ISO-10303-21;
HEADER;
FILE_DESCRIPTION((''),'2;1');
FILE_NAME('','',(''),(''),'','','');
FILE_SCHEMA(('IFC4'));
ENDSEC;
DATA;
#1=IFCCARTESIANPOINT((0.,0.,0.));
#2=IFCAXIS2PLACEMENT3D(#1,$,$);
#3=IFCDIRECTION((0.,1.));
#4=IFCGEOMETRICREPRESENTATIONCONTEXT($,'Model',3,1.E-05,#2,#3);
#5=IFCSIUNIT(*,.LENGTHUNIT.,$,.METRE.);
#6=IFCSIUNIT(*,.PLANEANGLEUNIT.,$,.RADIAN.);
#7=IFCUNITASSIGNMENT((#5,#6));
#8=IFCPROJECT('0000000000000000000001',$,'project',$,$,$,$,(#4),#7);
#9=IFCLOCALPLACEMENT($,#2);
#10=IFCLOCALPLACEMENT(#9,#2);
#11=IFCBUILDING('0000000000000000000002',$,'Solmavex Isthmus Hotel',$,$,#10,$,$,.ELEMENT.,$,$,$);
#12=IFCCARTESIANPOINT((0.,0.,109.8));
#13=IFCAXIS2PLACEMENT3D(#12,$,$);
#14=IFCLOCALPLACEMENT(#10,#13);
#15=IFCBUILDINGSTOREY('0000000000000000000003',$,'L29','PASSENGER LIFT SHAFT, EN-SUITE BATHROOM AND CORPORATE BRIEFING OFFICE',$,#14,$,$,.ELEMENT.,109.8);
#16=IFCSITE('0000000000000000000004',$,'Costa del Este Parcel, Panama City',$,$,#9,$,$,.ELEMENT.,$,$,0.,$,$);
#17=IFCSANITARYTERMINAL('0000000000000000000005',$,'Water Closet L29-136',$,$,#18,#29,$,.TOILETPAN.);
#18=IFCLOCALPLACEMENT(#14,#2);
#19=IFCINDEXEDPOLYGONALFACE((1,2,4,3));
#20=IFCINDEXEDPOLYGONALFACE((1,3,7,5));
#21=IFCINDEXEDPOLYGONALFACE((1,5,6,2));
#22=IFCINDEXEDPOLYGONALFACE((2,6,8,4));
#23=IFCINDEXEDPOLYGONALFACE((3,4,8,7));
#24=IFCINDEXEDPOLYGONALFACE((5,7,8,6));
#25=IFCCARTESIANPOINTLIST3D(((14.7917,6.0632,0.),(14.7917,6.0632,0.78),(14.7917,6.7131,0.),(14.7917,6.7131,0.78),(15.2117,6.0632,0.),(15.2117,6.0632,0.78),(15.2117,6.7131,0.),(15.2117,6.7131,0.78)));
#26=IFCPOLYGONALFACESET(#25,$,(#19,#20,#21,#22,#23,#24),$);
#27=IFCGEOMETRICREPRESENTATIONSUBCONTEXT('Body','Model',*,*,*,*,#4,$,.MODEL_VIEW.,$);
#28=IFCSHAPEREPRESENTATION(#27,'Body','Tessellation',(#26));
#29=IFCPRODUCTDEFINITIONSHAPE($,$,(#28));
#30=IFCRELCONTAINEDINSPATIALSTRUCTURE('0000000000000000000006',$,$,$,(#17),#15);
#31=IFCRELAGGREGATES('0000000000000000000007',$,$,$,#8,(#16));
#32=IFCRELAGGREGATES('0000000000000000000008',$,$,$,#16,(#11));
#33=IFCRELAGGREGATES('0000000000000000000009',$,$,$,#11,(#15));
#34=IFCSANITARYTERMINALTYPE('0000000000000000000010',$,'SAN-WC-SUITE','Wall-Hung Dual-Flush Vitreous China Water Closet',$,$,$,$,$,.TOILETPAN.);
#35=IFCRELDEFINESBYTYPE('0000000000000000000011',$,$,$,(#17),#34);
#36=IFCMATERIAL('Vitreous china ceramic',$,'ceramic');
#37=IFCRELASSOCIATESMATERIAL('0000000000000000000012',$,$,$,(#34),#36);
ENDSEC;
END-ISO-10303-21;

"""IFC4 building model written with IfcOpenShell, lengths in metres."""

from ifc_helpers import new_model, si_unit, direction, frame, origin, origin_2d, place, context, subcontext, project, spatial, rectangle, extrude, material, type_object, element, save


model = new_model("IFC4")

# Units and contexts
model_context = context("Model", 3, precision=1e-05, world=origin(), true_north=direction((0.0, 1.0)))
body_context = subcontext(model_context, "Body", "Model", "MODEL_VIEW")
ifc_project = project(units=[si_unit("LENGTHUNIT", "METRE"), si_unit("PLANEANGLEUNIT", "RADIAN")], contexts=[model_context])

# Site, building, storey
site_placement = place(None, origin())
site = spatial("IfcSite", under=ifc_project, at=site_placement, Name="Costa del Este Parcel, Panama City", CompositionType="ELEMENT", RefElevation=0.0)
building_placement = place(site_placement, origin())
building = spatial("IfcBuilding", under=site, at=building_placement, Name="Solmavex Isthmus Hotel", CompositionType="ELEMENT")
storey_placement = place(building_placement, frame((0.0, 0.0, 109.8)))
storey = spatial("IfcBuildingStorey", under=building, at=storey_placement, Name="L29", Description="PASSENGER LIFT SHAFT, EN-SUITE BATHROOM AND CORPORATE BRIEFING OFFICE", CompositionType="ELEMENT", Elevation=109.8)

# Sanitary terminal
ifc_material_1 = material(Name="Vitreous china ceramic", Category="ceramic")
sanitary_terminal_type_1 = type_object("IfcSanitaryTerminalType", Name="SAN-WC-SUITE", Description="Wall-Hung Dual-Flush Vitreous China Water Closet", PredefinedType="TOILETPAN", material=ifc_material_1)
for number, where, z_axis, x_axis, name in (
    (1, (15.0017, 6.3882, 0.0), (0.0, 0.0, 1.0), (1.0, 0.0, 0.0), "Water Closet L29-136"),
):
    element("IfcSanitaryTerminal", number, at=place(storey_placement, frame(where, z_axis=z_axis, x_axis=x_axis)), inside=storey, type_object=sanitary_terminal_type_1, Name=name, PredefinedType="TOILETPAN", context=body_context, shape_type="SweptSolid", body=[
        extrude(rectangle(XDim=0.4199, YDim=0.6499, at=origin_2d()), origin(), (0.0, 0.0, 1.0), 0.78),
    ])

save(model, "model.ifc")
